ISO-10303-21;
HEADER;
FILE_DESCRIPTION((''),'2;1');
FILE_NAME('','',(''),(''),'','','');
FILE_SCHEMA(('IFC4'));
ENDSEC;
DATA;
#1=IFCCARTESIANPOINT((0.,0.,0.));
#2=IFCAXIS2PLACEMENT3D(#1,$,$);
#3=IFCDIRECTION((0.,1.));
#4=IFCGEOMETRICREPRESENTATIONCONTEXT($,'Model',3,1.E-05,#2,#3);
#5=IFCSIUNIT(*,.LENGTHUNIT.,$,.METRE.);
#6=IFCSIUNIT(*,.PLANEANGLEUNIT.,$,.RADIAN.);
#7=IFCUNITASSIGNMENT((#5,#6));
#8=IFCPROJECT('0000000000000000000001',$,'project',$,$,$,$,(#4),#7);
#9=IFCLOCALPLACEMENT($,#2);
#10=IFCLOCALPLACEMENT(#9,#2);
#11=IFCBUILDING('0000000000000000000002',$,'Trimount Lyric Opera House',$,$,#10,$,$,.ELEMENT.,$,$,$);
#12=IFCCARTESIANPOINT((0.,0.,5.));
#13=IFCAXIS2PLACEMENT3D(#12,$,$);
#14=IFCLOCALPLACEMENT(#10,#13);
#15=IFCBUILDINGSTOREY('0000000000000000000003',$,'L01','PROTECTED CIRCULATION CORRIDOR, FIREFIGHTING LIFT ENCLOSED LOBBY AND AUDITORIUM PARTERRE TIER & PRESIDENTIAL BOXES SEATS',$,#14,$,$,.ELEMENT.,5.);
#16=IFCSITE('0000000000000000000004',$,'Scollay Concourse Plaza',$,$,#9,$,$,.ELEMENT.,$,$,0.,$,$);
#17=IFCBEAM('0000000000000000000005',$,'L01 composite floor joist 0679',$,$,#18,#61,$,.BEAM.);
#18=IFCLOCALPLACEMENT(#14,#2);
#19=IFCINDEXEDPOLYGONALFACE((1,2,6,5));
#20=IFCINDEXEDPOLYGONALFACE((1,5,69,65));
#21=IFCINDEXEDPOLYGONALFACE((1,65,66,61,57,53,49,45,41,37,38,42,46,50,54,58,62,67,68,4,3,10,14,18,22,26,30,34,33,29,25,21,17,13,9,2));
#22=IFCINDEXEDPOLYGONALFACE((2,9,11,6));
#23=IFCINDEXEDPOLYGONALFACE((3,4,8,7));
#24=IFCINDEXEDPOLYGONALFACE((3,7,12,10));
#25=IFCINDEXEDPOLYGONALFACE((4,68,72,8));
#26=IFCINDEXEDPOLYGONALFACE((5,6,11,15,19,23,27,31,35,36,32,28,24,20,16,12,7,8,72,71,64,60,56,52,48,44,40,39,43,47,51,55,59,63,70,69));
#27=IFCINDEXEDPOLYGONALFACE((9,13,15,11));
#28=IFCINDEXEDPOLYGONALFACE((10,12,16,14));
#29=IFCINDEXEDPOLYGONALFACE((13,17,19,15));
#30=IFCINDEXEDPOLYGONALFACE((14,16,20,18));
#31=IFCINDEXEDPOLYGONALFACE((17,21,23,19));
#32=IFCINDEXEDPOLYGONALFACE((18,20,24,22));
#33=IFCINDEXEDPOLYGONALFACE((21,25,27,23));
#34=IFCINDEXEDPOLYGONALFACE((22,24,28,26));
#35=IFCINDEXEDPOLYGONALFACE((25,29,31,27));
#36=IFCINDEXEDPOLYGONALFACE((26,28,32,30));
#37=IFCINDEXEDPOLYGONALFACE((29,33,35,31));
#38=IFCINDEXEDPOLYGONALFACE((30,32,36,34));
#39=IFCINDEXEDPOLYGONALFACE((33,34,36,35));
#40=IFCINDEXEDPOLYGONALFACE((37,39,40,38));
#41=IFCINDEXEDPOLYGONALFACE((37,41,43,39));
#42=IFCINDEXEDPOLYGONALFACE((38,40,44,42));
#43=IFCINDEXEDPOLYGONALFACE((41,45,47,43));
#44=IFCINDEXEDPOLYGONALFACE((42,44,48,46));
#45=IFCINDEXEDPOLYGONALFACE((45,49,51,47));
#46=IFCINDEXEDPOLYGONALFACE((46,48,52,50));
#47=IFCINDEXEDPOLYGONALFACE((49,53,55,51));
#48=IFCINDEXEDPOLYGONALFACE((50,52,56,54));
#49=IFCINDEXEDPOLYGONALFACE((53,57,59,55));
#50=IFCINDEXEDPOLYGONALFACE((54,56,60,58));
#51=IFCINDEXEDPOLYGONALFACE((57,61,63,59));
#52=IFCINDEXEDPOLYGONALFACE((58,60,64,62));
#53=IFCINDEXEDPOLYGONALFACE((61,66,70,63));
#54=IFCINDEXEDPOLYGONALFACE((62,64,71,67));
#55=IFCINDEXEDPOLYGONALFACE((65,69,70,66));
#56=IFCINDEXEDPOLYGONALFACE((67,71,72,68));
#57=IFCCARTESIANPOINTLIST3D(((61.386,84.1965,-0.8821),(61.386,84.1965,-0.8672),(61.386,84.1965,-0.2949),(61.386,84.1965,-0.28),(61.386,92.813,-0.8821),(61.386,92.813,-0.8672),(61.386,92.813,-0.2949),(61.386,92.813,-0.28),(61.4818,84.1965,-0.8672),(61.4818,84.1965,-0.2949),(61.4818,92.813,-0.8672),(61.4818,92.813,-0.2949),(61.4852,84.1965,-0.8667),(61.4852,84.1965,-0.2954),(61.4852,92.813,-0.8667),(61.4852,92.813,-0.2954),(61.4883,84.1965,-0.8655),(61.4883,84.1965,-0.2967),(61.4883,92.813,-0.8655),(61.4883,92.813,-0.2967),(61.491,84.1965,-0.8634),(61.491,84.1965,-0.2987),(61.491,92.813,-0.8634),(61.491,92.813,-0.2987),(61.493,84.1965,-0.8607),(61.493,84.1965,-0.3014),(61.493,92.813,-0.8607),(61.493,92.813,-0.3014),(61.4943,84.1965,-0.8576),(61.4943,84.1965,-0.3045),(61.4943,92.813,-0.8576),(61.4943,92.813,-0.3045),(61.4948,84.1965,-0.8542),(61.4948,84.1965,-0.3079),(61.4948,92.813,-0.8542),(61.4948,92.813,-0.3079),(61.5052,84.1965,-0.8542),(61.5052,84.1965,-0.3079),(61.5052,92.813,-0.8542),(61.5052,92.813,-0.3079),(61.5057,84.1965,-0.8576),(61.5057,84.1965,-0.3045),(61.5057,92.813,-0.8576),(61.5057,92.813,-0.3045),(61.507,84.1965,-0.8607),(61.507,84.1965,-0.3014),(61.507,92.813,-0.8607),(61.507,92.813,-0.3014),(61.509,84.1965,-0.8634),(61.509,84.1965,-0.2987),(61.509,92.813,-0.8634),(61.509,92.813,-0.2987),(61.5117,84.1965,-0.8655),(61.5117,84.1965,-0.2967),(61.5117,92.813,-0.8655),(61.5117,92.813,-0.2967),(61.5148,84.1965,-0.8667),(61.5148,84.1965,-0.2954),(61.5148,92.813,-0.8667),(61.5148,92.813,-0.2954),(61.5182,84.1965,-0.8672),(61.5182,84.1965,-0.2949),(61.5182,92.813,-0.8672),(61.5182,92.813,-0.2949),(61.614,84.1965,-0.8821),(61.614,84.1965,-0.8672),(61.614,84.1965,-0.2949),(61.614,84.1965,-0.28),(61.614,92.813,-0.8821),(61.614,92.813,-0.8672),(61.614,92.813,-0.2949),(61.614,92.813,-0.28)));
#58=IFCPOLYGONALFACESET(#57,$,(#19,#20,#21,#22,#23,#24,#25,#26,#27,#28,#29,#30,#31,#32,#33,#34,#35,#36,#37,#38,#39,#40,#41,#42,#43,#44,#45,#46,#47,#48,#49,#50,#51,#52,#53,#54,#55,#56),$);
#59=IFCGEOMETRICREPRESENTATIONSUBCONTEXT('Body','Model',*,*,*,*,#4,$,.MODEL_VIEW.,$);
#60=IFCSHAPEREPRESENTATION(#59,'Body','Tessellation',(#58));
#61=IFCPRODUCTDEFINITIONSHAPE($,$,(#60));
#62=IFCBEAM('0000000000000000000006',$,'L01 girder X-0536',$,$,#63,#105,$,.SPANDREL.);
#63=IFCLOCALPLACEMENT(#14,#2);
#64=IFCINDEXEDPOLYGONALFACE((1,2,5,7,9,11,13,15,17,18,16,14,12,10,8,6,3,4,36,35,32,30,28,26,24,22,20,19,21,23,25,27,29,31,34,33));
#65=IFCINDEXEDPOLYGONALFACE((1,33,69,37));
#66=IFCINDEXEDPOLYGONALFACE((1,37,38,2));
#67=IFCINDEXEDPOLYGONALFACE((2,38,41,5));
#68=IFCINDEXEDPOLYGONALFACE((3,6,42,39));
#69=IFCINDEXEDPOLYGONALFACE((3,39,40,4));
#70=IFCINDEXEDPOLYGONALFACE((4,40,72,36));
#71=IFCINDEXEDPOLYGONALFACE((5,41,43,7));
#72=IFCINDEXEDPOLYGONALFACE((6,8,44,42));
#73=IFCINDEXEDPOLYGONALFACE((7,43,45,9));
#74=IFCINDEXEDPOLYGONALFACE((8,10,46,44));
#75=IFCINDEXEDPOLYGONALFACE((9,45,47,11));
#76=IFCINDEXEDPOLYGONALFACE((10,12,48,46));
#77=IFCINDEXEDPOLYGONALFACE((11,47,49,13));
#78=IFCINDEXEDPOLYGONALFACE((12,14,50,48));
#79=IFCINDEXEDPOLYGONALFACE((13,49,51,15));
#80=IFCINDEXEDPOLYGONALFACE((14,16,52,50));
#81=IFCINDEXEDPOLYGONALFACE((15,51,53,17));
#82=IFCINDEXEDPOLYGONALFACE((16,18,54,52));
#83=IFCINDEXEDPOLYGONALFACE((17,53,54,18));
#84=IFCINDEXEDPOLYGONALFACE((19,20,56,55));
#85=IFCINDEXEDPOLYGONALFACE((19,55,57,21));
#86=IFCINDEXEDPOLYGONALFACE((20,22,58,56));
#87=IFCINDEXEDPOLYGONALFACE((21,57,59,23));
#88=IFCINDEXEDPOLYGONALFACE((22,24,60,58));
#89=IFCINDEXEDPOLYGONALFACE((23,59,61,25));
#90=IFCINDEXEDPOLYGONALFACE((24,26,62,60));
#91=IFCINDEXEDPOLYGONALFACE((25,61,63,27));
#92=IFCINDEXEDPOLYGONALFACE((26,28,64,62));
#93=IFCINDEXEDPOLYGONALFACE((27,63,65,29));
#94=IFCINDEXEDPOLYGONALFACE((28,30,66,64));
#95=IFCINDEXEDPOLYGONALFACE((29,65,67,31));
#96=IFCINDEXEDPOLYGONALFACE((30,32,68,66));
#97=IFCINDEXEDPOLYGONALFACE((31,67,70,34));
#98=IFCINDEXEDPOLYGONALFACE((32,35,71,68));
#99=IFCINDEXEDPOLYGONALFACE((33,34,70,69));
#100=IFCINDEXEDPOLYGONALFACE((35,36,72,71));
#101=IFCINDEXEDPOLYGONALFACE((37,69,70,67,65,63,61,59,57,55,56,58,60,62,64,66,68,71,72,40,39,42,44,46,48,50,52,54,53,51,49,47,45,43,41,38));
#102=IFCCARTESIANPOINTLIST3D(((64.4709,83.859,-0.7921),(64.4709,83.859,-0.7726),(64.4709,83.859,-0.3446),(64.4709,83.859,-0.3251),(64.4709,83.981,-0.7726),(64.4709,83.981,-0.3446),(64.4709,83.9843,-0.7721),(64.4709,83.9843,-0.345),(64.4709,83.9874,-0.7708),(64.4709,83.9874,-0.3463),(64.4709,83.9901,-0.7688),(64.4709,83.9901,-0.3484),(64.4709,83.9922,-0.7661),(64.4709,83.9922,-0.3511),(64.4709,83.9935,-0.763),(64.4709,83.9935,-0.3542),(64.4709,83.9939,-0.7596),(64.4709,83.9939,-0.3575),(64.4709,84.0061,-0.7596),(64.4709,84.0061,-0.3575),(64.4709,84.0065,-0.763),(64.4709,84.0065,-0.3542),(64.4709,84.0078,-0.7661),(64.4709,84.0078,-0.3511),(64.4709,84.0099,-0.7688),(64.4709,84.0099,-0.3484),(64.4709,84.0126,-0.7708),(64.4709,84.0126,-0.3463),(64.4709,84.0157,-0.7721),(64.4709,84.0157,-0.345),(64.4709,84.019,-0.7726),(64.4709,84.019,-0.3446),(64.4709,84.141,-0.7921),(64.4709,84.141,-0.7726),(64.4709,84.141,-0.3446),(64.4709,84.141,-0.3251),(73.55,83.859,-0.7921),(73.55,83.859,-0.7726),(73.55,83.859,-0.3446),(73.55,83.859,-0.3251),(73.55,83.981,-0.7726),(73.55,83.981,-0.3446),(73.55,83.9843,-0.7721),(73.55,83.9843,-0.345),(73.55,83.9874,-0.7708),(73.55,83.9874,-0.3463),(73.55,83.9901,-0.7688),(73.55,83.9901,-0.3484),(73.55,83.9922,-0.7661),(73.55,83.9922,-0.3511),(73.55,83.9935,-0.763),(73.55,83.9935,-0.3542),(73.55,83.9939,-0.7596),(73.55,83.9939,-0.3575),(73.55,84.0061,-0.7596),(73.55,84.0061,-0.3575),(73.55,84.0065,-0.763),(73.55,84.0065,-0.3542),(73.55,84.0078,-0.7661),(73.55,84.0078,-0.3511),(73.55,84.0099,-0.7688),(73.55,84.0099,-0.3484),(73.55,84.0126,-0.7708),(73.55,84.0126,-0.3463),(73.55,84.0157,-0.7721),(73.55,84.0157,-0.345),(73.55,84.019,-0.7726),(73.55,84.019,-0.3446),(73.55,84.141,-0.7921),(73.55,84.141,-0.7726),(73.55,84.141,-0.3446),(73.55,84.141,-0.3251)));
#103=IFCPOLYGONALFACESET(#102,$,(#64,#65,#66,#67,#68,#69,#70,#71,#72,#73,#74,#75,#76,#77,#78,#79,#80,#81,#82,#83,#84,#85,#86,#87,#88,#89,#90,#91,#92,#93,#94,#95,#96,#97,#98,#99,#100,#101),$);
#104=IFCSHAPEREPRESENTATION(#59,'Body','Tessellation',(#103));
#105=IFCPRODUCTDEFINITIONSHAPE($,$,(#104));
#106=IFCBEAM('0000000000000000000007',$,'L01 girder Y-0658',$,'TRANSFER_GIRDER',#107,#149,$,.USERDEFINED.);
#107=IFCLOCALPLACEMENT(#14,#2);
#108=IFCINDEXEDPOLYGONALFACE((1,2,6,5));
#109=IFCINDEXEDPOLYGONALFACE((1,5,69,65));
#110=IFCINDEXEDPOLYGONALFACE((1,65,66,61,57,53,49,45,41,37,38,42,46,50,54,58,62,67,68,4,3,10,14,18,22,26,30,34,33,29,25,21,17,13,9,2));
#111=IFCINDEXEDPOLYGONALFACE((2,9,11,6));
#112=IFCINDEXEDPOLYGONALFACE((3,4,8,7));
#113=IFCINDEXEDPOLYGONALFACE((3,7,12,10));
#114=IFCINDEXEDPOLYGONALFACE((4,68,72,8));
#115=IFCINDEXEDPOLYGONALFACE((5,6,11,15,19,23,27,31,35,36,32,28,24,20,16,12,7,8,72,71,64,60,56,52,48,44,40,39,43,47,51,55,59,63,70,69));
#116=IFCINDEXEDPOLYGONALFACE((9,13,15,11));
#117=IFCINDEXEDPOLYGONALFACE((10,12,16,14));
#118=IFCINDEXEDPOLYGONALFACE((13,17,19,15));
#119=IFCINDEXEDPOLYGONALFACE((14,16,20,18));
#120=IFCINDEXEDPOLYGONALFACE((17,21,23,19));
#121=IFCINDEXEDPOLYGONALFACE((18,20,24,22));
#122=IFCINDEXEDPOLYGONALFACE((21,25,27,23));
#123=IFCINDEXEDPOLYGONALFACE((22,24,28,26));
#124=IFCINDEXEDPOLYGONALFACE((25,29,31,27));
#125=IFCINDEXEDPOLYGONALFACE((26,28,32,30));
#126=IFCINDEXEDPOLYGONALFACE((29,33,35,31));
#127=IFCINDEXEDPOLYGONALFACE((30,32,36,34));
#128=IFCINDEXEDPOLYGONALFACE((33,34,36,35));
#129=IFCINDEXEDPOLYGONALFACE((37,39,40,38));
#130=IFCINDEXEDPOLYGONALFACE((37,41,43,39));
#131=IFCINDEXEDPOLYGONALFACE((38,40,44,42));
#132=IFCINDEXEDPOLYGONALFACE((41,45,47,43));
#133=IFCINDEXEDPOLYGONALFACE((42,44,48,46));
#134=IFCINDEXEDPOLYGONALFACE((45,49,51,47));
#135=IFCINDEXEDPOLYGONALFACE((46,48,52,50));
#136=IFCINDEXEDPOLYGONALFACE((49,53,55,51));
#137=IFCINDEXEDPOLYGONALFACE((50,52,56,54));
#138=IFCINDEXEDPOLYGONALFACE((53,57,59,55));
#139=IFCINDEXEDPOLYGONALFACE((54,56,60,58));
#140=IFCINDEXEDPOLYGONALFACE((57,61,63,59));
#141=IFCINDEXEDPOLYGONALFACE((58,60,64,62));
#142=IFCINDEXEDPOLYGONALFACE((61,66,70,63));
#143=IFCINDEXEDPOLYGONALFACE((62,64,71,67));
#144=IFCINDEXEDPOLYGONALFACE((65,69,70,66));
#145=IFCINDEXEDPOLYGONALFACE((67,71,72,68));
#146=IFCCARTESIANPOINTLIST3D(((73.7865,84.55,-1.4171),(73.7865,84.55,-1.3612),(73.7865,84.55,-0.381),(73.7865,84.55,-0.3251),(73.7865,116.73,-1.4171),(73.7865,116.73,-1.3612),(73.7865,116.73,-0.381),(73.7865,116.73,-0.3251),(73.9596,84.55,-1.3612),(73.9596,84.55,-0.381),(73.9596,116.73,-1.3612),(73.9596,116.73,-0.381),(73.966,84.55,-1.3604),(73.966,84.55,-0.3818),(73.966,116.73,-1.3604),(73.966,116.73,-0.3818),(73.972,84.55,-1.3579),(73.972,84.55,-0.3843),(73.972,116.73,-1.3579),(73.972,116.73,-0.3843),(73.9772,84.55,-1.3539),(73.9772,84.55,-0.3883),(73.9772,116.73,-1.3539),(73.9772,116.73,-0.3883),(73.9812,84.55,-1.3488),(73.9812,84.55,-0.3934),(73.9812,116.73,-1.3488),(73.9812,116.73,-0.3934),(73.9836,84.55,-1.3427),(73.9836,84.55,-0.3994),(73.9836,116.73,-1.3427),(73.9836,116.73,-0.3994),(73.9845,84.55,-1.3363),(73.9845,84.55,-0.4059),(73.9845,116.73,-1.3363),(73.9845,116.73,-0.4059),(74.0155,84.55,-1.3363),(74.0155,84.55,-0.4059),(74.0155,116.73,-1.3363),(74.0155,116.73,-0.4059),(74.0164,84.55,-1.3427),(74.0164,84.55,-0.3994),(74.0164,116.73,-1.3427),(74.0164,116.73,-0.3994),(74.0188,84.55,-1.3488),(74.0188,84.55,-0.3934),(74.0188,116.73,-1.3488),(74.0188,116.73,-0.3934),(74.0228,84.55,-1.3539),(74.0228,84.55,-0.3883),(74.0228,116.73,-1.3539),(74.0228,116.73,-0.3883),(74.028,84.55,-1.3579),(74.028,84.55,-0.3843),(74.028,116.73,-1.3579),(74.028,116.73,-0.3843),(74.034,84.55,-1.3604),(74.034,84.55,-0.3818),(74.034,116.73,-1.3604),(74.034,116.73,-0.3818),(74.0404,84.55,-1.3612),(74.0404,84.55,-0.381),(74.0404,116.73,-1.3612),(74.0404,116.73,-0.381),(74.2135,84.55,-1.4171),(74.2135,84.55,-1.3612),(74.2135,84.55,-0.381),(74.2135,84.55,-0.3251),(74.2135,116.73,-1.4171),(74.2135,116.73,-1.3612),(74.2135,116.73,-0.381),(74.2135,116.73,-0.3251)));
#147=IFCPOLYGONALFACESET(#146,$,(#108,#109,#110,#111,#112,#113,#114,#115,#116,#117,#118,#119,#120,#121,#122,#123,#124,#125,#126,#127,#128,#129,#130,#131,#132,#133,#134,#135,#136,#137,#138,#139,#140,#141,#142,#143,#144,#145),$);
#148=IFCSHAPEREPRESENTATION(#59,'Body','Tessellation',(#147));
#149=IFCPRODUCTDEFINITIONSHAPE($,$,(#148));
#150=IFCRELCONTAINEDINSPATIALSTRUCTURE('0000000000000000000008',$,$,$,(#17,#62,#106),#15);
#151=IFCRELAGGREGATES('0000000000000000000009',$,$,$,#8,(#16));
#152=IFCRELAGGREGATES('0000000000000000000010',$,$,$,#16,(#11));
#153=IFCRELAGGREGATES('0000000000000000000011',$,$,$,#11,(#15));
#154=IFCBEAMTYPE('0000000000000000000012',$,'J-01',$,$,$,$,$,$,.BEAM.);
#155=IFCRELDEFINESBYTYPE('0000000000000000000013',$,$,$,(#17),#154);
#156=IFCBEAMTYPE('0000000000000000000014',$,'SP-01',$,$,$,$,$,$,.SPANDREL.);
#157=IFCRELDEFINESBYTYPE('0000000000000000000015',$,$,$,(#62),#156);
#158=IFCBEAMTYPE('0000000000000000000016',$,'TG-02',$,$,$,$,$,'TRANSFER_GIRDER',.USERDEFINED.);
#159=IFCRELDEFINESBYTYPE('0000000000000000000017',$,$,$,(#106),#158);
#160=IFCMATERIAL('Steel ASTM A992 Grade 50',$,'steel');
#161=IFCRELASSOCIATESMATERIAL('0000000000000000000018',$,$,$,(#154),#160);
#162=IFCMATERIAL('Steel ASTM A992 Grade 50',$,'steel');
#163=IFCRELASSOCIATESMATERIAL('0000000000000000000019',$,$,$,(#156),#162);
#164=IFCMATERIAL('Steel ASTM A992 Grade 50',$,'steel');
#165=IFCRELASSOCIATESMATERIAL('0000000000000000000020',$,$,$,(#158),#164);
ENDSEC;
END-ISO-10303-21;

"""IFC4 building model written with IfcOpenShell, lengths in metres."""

from ifc_helpers import new_model, si_unit, direction, frame, origin, origin_2d, place, context, subcontext, project, spatial, i_section, extrude, material, material_profile, profile_set, type_object, element, save


model = new_model("IFC4")

# Units and contexts
model_context = context("Model", 3, precision=1e-05, world=origin(), true_north=direction((0.0, 1.0)))
body_context = subcontext(model_context, "Body", "Model", "MODEL_VIEW")
ifc_project = project(units=[si_unit("LENGTHUNIT", "METRE"), si_unit("PLANEANGLEUNIT", "RADIAN")], contexts=[model_context])

# Site, building, storey
site_placement = place(None, origin())
site = spatial("IfcSite", under=ifc_project, at=site_placement, Name="Scollay Concourse Plaza", CompositionType="ELEMENT", RefElevation=0.0)
building_placement = place(site_placement, origin())
building = spatial("IfcBuilding", under=site, at=building_placement, Name="Trimount Lyric Opera House", CompositionType="ELEMENT")
storey_placement = place(building_placement, frame((0.0, 0.0, 5.0)))
storey = spatial("IfcBuildingStorey", under=building, at=storey_placement, Name="L01", Description="PROTECTED CIRCULATION CORRIDOR, FIREFIGHTING LIFT ENCLOSED LOBBY AND AUDITORIUM PARTERRE TIER & PRESIDENTIAL BOXES SEATS", CompositionType="ELEMENT", Elevation=5.0)

# Beams
ifc_material_1 = material(Name="Steel ASTM A992 Grade 50", Category="steel")
ifc_material_profile_1 = material_profile(ifc_material_1, i_section(OverallWidth=0.228, OverallDepth=0.6021, WebThickness=0.0105, FlangeThickness=0.0149, FilletRadius=0.0129, at=origin_2d()), Name="W24X68")
ifc_profile_set_1 = profile_set([ifc_material_profile_1], Name="Steel ASTM A992 Grade 50")
beam_type_1 = type_object("IfcBeamType", Name="J-01", PredefinedType="BEAM", material=ifc_profile_set_1)
beam_1_placement = place(storey_placement, frame((61.5, 84.1965, -0.5811), z_axis=(0.0, 1.0, 0.0), x_axis=(-1.0, 0.0, 0.0)))
element("IfcBeam", 1, at=beam_1_placement, inside=storey, type_object=beam_type_1, Name="L01 composite floor joist 0679", PredefinedType="BEAM", context=body_context, shape_type="SweptSolid", body=[
    extrude(i_section(OverallWidth=0.228, OverallDepth=0.6021, WebThickness=0.0105, FlangeThickness=0.0149, FilletRadius=0.0129, at=origin_2d()), origin(), (0.0, 0.0, 1.0), 8.6165),
])
ifc_material_2 = material(Name="Steel ASTM A992 Grade 50", Category="steel")
ifc_material_profile_2 = material_profile(ifc_material_2, i_section(OverallWidth=0.282, OverallDepth=0.467, WebThickness=0.0122, FlangeThickness=0.0195, FilletRadius=0.0129, at=origin_2d()), Name="W18X86")
ifc_profile_set_2 = profile_set([ifc_material_profile_2], Name="Steel ASTM A992 Grade 50")
beam_type_2 = type_object("IfcBeamType", Name="SP-01", PredefinedType="SPANDREL", material=ifc_profile_set_2)
beam_2_placement = place(storey_placement, frame((64.4709, 84.0, -0.5586), z_axis=(1.0, 0.0, 0.0), x_axis=(0.0, 1.0, 0.0)))
element("IfcBeam", 2, at=beam_2_placement, inside=storey, type_object=beam_type_2, Name="L01 girder X-0536", PredefinedType="SPANDREL", context=body_context, shape_type="SweptSolid", body=[
    extrude(i_section(OverallWidth=0.282, OverallDepth=0.467, WebThickness=0.0122, FlangeThickness=0.0195, FilletRadius=0.0129, at=origin_2d()), origin(), (0.0, 0.0, 1.0), 9.0791),
])
ifc_material_3 = material(Name="Steel ASTM A992 Grade 50", Category="steel")
ifc_material_profile_3 = material_profile(ifc_material_3, i_section(OverallWidth=0.427, OverallDepth=1.092, WebThickness=0.031, FlangeThickness=0.0559, FilletRadius=0.0249, at=origin_2d()), Name="W40X397")
ifc_profile_set_3 = profile_set([ifc_material_profile_3], Name="Steel ASTM A992 Grade 50")
beam_type_3 = type_object("IfcBeamType", Name="TG-02", ElementType="TRANSFER_GIRDER", PredefinedType="USERDEFINED", material=ifc_profile_set_3)
beam_3_placement = place(storey_placement, frame((74.0, 84.55, -0.8711), z_axis=(0.0, 1.0, 0.0), x_axis=(-1.0, 0.0, 0.0)))
element("IfcBeam", 3, at=beam_3_placement, inside=storey, type_object=beam_type_3, Name="L01 girder Y-0658", ObjectType="TRANSFER_GIRDER", PredefinedType="USERDEFINED", context=body_context, shape_type="SweptSolid", body=[
    extrude(i_section(OverallWidth=0.427, OverallDepth=1.092, WebThickness=0.031, FlangeThickness=0.0559, FilletRadius=0.0249, at=origin_2d()), origin(), (0.0, 0.0, 1.0), 32.1799),
])

save(model, "model.ifc")
